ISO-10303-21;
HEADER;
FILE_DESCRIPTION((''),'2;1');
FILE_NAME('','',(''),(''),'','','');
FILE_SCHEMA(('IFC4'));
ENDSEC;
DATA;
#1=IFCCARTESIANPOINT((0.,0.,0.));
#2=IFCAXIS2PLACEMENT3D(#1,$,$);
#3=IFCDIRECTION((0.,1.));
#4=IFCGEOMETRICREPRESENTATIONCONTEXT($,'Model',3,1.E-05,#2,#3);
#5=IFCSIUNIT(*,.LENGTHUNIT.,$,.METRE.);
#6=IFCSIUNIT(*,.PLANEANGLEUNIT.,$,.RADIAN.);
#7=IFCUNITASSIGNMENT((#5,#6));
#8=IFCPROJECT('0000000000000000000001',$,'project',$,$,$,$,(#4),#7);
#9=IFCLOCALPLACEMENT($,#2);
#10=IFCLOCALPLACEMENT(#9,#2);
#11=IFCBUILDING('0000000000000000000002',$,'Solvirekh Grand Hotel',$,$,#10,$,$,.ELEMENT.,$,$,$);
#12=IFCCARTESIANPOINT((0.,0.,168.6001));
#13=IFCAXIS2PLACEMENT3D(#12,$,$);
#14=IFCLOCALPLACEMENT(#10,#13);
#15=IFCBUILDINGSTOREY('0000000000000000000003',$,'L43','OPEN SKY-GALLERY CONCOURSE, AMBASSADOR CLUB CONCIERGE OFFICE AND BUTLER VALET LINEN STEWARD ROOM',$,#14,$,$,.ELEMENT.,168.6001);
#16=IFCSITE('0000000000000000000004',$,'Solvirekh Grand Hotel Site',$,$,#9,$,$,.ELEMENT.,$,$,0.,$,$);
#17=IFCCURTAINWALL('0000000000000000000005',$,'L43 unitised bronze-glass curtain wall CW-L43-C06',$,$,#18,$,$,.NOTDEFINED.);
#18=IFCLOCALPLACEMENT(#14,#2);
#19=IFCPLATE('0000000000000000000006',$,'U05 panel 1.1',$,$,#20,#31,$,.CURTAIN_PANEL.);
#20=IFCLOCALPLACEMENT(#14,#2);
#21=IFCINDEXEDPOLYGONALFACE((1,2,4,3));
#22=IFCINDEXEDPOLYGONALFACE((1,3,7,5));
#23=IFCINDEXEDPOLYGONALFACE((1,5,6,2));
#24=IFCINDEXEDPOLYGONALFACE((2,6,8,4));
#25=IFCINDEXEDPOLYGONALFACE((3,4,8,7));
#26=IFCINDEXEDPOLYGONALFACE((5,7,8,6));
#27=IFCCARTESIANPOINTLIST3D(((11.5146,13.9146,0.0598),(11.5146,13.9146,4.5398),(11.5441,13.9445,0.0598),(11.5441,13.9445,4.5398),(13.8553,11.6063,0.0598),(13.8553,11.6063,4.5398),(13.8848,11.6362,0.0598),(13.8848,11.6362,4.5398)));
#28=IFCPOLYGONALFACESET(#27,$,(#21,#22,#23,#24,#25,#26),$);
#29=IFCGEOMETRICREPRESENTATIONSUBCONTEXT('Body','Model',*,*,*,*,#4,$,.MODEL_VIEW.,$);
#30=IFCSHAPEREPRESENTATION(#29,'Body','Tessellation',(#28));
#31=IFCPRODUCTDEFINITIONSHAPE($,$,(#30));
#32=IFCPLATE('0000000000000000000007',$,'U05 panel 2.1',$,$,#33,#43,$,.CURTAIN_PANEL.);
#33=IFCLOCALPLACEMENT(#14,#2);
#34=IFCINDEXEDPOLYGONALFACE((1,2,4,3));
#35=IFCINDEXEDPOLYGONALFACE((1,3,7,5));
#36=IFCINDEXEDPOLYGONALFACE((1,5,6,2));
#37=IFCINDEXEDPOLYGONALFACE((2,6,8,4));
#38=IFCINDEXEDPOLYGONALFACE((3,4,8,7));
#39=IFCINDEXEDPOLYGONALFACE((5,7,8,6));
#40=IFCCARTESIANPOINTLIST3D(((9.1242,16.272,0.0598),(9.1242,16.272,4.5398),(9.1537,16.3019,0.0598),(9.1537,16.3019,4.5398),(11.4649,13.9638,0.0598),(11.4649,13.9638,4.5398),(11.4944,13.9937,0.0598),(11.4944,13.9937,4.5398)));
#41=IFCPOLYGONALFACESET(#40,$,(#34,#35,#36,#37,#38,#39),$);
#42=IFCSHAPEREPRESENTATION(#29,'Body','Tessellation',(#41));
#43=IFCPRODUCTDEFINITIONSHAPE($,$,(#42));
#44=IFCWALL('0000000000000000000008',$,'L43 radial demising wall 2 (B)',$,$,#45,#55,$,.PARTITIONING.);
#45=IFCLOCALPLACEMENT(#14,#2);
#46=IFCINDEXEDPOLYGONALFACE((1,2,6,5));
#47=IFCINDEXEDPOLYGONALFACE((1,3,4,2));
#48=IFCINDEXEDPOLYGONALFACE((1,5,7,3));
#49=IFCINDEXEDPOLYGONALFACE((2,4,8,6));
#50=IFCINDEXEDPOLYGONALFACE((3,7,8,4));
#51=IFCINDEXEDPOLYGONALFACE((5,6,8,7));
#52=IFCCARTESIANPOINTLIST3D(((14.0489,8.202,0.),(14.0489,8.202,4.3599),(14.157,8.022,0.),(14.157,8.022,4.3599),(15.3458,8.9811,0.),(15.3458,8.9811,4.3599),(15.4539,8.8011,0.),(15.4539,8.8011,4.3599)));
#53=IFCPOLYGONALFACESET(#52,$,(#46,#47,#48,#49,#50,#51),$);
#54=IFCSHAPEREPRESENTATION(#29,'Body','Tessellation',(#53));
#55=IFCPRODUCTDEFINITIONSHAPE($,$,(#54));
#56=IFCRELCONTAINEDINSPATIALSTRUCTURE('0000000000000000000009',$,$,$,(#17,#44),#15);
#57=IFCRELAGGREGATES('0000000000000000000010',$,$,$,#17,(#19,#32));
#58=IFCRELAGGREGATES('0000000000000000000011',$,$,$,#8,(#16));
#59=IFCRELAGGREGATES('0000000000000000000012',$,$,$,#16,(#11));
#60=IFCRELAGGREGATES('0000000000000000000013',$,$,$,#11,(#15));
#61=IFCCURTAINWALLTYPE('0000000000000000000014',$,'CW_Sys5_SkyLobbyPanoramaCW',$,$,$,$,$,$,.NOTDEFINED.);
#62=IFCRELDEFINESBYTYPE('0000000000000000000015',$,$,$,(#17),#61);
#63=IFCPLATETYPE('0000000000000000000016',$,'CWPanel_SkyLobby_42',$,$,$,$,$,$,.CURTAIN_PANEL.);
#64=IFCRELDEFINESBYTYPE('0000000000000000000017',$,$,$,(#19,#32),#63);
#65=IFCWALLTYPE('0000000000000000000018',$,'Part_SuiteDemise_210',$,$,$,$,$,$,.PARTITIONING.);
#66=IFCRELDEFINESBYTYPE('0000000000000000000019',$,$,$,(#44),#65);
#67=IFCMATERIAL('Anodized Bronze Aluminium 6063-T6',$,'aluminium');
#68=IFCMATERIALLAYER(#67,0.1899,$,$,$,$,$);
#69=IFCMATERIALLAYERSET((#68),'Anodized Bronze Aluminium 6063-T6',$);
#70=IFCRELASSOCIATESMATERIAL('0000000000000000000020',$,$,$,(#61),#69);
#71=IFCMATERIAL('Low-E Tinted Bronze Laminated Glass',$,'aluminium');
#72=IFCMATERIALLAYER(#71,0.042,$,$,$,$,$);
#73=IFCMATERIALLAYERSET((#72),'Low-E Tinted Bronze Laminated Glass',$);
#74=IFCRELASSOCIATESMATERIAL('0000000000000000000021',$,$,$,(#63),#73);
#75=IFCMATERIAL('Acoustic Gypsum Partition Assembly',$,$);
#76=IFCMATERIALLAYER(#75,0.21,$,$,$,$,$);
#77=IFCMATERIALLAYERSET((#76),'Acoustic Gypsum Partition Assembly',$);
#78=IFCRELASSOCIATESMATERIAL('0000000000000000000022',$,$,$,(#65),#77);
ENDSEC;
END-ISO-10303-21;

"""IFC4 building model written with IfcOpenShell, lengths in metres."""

from ifc_helpers import new_model, si_unit, direction, frame, frame_2d, origin, origin_2d, place, context, subcontext, project, spatial, rectangle, extrude, source, transform, mapped, material, layer, layer_set, type_object, element, aggregate, save


model = new_model("IFC4")

# Units and contexts
model_context = context("Model", 3, precision=1e-05, world=origin(), true_north=direction((0.0, 1.0)))
body_context = subcontext(model_context, "Body", "Model", "MODEL_VIEW")
ifc_project = project(units=[si_unit("LENGTHUNIT", "METRE"), si_unit("PLANEANGLEUNIT", "RADIAN")], contexts=[model_context])

# Site, building, storey
site_placement = place(None, origin())
site = spatial("IfcSite", under=ifc_project, at=site_placement, Name="Solvirekh Grand Hotel Site", CompositionType="ELEMENT", RefElevation=0.0)
building_placement = place(site_placement, origin())
building = spatial("IfcBuilding", under=site, at=building_placement, Name="Solvirekh Grand Hotel", CompositionType="ELEMENT")
storey_placement = place(building_placement, frame((0.0, 0.0, 168.6001)))
storey = spatial("IfcBuildingStorey", under=building, at=storey_placement, Name="L43", Description="OPEN SKY-GALLERY CONCOURSE, AMBASSADOR CLUB CONCIERGE OFFICE AND BUTLER VALET LINEN STEWARD ROOM", CompositionType="ELEMENT", Elevation=168.6001)

# Curtain wall
ifc_material_1 = material(Name="Anodized Bronze Aluminium 6063-T6", Category="aluminium")
ifc_layer_1 = layer(ifc_material_1, 0.1899)
ifc_layer_set_1 = layer_set([ifc_layer_1], Name="Anodized Bronze Aluminium 6063-T6")
curtain_wall_type = type_object("IfcCurtainWallType", Name="CW_Sys5_SkyLobbyPanoramaCW", PredefinedType="NOTDEFINED", material=ifc_layer_set_1)
curtain_wall_1_placement = place(storey_placement, origin())
curtain_wall_1 = element("IfcCurtainWall", 1, at=curtain_wall_1_placement, inside=storey, type_object=curtain_wall_type, Name="L43 unitised bronze-glass curtain wall CW-L43-C06", PredefinedType="NOTDEFINED")

# Plates
ifc_material_2 = material(Name="Low-E Tinted Bronze Laminated Glass", Category="aluminium")
ifc_layer_2 = layer(ifc_material_2, 0.042)
ifc_layer_set_2 = layer_set([ifc_layer_2], Name="Low-E Tinted Bronze Laminated Glass")
plate_type = type_object("IfcPlateType", Name="CWPanel_SkyLobby_42", PredefinedType="CURTAIN_PANEL", material=ifc_layer_set_2)
shared_shape_1 = source(origin(), body_context, "Body", "SweptSolid", [
    extrude(rectangle(XDim=3.2874, YDim=0.042, at=origin_2d()), origin(), (0.0, 0.0, 1.0), 4.48),
])
plate_1_placement = place(storey_placement, frame((12.6997, 12.7754, 0.0598), z_axis=(0.0, 0.0, 1.0), x_axis=(-0.712027, 0.702152, 0.0)))
plate_1 = element("IfcPlate", 2, at=plate_1_placement, type_object=plate_type, Name="U05 panel 1.1", PredefinedType="CURTAIN_PANEL", context=body_context, shape_type="MappedRepresentation", body=[
    mapped(shared_shape_1, transform((0.0, 0.0, 0.0), x_axis=(1.0, 0.0, 0.0), y_axis=(0.0, 1.0, 0.0), z_axis=(0.0, 0.0, 1.0), scale=1.0)),
])
plate_2_placement = place(storey_placement, frame((10.3093, 15.1328, 0.0598), z_axis=(0.0, 0.0, 1.0), x_axis=(-0.712027, 0.702152, 0.0)))
plate_2 = element("IfcPlate", 3, at=plate_2_placement, type_object=plate_type, Name="U05 panel 2.1", PredefinedType="CURTAIN_PANEL", context=body_context, shape_type="MappedRepresentation", body=[
    mapped(shared_shape_1, transform((0.0, 0.0, 0.0), x_axis=(1.0, 0.0, 0.0), y_axis=(0.0, 1.0, 0.0), z_axis=(0.0, 0.0, 1.0), scale=1.0)),
])
aggregate(curtain_wall_1, [plate_1, plate_2])

# Wall
ifc_material_3 = material(Name="Acoustic Gypsum Partition Assembly")
ifc_layer_3 = layer(ifc_material_3, 0.21)
ifc_layer_set_3 = layer_set([ifc_layer_3], Name="Acoustic Gypsum Partition Assembly")
wall_type = type_object("IfcWallType", Name="Part_SuiteDemise_210", PredefinedType="PARTITIONING", material=ifc_layer_set_3)
wall_placement = place(storey_placement, frame((14.103, 8.1121, 0.0), z_axis=(0.0, 0.0, 1.0), x_axis=(0.857222, 0.514947, 0.0)))
element("IfcWall", 4, at=wall_placement, inside=storey, type_object=wall_type, Name="L43 radial demising wall 2 (B)", PredefinedType="PARTITIONING", context=body_context, shape_type="SweptSolid", body=[
    extrude(rectangle(XDim=1.5129, YDim=0.21, at=frame_2d((0.7563, 0.0))), origin(), (0.0, 0.0, 1.0), 4.3599),
])

save(model, "model.ifc")
